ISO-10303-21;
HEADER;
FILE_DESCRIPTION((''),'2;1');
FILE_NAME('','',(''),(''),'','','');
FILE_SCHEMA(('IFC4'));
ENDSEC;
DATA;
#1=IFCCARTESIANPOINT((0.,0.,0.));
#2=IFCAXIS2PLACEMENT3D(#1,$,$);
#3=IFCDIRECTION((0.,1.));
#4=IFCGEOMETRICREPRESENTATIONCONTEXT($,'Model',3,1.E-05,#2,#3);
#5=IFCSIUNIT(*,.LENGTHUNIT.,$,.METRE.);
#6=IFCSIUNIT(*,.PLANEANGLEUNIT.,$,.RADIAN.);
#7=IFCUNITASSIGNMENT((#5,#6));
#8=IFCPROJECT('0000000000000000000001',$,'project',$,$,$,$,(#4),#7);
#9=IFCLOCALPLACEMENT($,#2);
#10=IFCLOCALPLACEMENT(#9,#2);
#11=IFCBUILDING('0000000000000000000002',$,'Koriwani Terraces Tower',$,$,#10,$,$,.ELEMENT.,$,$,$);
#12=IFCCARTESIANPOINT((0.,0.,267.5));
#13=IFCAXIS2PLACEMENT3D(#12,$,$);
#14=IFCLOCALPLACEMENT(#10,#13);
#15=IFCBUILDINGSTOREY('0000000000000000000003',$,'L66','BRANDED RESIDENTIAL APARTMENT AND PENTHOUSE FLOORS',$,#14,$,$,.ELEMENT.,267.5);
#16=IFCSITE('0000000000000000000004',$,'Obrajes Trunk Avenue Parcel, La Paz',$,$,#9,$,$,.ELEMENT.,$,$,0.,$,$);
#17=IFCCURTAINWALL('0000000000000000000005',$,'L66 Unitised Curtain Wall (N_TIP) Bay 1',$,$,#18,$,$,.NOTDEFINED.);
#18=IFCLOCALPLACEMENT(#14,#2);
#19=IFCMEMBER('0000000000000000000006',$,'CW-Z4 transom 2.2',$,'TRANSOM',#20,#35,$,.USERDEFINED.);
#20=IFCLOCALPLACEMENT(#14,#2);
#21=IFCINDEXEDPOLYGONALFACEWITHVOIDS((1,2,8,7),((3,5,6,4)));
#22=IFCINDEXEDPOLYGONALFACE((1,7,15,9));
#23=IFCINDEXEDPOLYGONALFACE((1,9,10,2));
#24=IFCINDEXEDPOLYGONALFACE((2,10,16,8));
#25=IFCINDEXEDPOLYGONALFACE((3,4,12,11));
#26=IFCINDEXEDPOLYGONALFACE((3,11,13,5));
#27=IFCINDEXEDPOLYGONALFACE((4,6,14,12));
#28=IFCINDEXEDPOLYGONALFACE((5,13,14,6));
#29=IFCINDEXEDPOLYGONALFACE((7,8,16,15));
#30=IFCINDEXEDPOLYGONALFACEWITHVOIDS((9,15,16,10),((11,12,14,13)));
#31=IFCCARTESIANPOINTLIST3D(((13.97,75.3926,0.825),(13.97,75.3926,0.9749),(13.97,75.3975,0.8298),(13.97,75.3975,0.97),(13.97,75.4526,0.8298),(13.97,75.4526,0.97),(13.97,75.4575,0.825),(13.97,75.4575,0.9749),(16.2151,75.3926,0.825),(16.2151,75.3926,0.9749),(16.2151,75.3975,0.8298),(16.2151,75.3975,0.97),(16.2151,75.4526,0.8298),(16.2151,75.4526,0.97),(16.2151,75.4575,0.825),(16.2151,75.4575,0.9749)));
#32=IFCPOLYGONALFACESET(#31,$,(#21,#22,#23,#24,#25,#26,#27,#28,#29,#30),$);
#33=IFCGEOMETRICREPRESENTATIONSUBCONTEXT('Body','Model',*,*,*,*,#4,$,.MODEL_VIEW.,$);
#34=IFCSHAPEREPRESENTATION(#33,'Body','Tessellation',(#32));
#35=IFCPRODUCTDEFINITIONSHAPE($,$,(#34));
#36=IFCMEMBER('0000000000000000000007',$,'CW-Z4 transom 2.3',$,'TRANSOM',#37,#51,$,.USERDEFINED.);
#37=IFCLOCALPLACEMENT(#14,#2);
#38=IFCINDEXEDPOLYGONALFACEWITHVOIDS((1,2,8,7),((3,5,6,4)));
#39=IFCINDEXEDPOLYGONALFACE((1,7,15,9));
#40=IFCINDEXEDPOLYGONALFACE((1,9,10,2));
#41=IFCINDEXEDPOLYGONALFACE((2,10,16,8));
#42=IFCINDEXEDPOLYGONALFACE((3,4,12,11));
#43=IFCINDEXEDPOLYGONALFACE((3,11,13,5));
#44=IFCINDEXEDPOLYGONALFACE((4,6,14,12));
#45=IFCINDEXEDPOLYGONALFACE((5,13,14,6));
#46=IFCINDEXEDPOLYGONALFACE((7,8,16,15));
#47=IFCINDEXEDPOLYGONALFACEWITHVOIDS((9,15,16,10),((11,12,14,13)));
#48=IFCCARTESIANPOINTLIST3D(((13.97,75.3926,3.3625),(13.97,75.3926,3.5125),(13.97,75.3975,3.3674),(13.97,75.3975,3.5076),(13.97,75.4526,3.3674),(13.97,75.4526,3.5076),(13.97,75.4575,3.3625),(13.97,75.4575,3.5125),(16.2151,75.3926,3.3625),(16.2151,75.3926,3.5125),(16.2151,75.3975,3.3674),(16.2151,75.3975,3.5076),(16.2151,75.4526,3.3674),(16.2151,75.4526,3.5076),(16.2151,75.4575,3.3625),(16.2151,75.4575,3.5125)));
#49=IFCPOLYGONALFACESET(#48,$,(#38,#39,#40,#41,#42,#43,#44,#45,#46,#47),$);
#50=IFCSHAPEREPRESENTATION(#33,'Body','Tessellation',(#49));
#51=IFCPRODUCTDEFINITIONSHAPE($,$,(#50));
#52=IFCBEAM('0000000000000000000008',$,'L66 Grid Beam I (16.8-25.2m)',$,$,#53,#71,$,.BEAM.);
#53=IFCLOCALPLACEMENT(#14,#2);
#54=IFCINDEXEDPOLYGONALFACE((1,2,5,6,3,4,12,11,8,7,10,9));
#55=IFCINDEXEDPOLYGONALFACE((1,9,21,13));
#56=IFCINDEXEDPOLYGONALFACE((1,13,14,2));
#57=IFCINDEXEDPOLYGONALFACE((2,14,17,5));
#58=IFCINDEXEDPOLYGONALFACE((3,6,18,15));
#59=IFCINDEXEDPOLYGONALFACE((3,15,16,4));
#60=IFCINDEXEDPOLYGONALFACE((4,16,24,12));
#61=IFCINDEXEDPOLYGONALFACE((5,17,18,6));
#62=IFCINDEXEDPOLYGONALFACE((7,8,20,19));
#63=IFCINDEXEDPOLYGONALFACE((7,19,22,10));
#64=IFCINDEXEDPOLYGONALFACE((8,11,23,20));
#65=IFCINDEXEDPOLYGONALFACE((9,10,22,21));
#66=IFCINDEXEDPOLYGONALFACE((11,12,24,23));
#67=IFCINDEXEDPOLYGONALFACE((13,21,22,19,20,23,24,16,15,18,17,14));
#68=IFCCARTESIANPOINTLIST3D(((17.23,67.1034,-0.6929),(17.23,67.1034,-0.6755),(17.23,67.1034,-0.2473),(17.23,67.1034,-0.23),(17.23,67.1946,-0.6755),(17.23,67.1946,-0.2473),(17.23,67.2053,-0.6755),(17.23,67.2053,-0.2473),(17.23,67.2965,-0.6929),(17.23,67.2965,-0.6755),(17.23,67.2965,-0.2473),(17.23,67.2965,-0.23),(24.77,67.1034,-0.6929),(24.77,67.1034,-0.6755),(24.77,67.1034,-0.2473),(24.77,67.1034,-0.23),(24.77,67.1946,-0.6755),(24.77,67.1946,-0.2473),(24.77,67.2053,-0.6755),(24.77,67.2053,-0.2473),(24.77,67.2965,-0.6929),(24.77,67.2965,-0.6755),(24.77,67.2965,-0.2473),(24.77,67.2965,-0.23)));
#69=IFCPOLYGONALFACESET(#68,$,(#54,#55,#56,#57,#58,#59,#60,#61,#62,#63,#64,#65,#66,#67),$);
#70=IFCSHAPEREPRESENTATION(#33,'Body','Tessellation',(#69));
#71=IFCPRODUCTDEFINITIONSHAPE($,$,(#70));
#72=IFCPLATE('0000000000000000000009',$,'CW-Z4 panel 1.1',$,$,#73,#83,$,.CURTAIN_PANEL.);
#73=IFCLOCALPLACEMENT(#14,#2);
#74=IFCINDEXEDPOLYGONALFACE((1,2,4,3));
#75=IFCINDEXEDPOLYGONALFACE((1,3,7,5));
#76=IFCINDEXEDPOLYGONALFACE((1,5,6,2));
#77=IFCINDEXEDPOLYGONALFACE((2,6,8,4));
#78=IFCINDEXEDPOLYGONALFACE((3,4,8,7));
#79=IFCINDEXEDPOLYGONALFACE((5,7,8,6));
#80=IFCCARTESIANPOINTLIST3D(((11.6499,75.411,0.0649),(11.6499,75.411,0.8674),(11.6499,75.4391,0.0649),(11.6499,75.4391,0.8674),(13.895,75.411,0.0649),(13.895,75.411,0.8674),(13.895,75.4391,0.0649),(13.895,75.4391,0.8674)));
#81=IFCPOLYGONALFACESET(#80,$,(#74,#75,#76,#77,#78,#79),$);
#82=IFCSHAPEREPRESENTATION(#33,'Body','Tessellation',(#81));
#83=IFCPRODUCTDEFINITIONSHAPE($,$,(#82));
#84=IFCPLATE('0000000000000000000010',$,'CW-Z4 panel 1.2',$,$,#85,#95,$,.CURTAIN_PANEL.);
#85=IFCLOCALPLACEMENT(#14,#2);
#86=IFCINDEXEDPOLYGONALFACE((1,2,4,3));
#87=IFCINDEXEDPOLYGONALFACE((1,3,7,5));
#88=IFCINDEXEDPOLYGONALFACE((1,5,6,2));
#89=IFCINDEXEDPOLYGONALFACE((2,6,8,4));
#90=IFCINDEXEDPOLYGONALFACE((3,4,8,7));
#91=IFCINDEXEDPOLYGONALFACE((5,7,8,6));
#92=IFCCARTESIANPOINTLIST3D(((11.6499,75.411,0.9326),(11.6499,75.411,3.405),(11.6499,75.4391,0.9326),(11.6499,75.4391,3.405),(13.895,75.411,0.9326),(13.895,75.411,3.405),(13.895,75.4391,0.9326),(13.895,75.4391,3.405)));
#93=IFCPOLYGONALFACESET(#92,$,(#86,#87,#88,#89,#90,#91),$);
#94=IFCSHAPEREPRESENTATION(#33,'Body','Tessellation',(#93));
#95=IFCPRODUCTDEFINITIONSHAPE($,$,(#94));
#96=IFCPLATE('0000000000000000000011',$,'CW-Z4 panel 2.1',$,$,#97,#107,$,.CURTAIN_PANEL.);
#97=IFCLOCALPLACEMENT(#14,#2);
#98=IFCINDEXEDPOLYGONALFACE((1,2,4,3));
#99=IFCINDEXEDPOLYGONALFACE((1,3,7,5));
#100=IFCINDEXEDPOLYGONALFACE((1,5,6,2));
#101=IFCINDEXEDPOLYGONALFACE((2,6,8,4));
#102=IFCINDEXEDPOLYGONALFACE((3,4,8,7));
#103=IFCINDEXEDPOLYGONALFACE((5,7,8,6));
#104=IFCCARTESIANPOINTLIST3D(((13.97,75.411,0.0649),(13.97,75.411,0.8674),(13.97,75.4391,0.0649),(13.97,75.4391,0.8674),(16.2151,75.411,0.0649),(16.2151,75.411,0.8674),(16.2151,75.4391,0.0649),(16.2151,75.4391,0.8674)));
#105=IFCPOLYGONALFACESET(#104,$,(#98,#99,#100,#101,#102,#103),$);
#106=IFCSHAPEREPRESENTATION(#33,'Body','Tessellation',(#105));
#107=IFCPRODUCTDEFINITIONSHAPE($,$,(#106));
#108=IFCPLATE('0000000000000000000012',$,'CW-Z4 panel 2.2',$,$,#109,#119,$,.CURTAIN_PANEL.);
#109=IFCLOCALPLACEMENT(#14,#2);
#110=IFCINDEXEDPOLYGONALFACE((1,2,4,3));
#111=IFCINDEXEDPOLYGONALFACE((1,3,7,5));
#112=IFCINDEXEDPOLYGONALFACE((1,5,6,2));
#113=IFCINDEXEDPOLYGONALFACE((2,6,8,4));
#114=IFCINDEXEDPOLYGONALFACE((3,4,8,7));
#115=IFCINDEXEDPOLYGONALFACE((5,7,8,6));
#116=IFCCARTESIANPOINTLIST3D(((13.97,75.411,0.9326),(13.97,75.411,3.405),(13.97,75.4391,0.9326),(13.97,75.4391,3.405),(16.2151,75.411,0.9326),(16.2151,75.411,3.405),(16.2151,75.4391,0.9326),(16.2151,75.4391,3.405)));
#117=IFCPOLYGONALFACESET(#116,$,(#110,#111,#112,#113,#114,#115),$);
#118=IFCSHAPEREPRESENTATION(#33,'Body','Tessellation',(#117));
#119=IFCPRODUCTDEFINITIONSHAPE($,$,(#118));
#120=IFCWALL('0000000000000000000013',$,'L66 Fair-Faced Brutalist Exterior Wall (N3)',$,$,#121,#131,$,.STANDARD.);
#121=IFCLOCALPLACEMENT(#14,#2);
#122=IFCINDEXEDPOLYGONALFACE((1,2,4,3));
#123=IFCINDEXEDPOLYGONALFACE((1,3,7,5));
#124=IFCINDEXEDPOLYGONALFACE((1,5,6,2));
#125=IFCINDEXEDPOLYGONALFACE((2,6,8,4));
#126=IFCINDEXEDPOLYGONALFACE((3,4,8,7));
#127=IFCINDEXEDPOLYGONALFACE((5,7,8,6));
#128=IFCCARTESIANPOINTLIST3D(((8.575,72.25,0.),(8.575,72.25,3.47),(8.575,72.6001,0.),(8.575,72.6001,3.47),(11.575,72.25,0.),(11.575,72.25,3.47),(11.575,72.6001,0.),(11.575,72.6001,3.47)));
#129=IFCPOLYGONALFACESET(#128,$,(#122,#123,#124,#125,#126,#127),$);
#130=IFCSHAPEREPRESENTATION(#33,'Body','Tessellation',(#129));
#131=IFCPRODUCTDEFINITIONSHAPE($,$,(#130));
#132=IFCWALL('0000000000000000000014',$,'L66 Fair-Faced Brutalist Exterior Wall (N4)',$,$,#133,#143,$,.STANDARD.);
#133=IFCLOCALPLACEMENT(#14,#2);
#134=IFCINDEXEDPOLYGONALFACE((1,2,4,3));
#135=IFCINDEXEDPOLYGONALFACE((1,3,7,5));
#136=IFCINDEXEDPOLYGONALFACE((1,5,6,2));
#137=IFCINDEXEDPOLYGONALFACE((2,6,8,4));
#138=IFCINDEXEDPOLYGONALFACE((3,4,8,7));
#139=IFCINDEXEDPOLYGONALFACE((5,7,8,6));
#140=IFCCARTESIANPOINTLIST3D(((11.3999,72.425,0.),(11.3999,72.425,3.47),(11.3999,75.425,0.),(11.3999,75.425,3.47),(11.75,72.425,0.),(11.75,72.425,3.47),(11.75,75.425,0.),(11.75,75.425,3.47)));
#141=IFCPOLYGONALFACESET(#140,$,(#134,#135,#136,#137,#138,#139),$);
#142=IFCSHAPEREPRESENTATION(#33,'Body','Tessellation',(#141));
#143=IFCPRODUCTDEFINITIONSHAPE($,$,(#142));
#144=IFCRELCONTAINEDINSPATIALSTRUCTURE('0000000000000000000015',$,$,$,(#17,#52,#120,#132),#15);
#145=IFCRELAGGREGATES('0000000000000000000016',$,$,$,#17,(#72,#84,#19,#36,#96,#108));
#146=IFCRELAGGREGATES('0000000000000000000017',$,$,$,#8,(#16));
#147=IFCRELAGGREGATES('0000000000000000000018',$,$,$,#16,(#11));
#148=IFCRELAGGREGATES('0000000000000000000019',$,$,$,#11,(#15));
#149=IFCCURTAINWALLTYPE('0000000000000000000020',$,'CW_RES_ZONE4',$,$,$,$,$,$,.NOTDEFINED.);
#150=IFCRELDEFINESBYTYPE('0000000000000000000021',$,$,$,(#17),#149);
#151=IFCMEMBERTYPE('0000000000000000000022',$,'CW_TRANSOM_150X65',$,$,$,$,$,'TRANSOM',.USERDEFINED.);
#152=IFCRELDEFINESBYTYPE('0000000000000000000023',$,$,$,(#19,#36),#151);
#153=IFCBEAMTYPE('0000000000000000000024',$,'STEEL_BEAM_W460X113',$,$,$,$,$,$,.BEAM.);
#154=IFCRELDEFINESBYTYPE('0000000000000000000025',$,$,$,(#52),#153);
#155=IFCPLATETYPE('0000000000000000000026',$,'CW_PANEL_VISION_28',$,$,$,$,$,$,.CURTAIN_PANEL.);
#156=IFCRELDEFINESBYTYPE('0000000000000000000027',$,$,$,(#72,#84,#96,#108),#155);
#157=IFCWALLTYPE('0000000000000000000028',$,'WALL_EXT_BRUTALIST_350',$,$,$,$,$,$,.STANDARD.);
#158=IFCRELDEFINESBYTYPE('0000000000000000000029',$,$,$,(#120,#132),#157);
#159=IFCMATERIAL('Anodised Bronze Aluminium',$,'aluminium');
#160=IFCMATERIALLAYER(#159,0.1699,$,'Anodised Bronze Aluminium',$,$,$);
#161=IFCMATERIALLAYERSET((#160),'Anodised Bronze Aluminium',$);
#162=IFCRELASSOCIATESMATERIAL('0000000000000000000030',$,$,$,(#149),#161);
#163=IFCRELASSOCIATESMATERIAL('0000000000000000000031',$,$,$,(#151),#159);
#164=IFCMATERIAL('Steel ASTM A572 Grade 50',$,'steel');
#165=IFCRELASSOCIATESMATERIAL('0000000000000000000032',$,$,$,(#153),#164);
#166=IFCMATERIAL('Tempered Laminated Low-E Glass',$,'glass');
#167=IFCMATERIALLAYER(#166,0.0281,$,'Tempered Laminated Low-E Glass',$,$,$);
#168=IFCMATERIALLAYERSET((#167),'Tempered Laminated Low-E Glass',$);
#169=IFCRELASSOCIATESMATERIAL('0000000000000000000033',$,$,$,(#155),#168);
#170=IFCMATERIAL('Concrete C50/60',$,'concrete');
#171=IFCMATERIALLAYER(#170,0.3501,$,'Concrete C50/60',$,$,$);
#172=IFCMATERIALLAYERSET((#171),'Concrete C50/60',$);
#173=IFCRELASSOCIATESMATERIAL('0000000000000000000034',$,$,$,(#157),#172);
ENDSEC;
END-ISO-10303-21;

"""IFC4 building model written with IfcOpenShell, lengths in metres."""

from ifc_helpers import new_model, si_unit, direction, frame, frame_2d, origin, origin_2d, place, context, subcontext, project, spatial, rectangle, hollow_rectangle, i_section, extrude, material, layer, layer_set, material_profile, profile_set, type_object, element, aggregate, save


model = new_model("IFC4")

# Units and contexts
model_context = context("Model", 3, precision=1e-05, world=origin(), true_north=direction((0.0, 1.0)))
body_context = subcontext(model_context, "Body", "Model", "MODEL_VIEW")
ifc_project = project(units=[si_unit("LENGTHUNIT", "METRE"), si_unit("PLANEANGLEUNIT", "RADIAN")], contexts=[model_context])

# Site, building, storey
site_placement = place(None, origin())
site = spatial("IfcSite", under=ifc_project, at=site_placement, Name="Obrajes Trunk Avenue Parcel, La Paz", CompositionType="ELEMENT", RefElevation=0.0)
building_placement = place(site_placement, origin())
building = spatial("IfcBuilding", under=site, at=building_placement, Name="Koriwani Terraces Tower", CompositionType="ELEMENT")
storey_placement = place(building_placement, frame((0.0, 0.0, 267.5)))
storey = spatial("IfcBuildingStorey", under=building, at=storey_placement, Name="L66", Description="BRANDED RESIDENTIAL APARTMENT AND PENTHOUSE FLOORS", CompositionType="ELEMENT", Elevation=267.5)

# Shared definitions
ifc_material_1 = material(Name="Concrete C50/60", Category="concrete")

# Curtain wall, members
ifc_material_2 = material(Name="Anodised Bronze Aluminium", Category="aluminium")
ifc_layer_1 = layer(ifc_material_2, 0.1699, Name="Anodised Bronze Aluminium")
ifc_layer_set_1 = layer_set([ifc_layer_1], Name="Anodised Bronze Aluminium")
curtain_wall_type = type_object("IfcCurtainWallType", Name="CW_RES_ZONE4", PredefinedType="NOTDEFINED", material=ifc_layer_set_1)
curtain_wall_placement = place(storey_placement, origin())
curtain_wall = element("IfcCurtainWall", 1, at=curtain_wall_placement, inside=storey, type_object=curtain_wall_type, Name="L66 Unitised Curtain Wall (N_TIP) Bay 1", PredefinedType="NOTDEFINED")
ifc_material_profile_1 = material_profile(ifc_material_2, hollow_rectangle(XDim=0.0649, YDim=0.1499, WallThickness=0.0049, at=origin_2d()), Name="Anodised Bronze Aluminium", Category="LoadBearing")
ifc_profile_set_1 = profile_set([ifc_material_profile_1], Name="Anodised Bronze Aluminium")
member_type_1 = type_object("IfcMemberType", Name="CW_TRANSOM_150X65", ElementType="TRANSOM", PredefinedType="USERDEFINED", material=ifc_profile_set_1)
member_1_placement = place(storey_placement, frame((13.97, 75.425, 0.8999), z_axis=(1.0, 0.0, 0.0), x_axis=(0.0, 1.0, 0.0)))
member_1 = element("IfcMember", 2, at=member_1_placement, type_object=member_type_1, Name="CW-Z4 transom 2.2", ObjectType="TRANSOM", PredefinedType="USERDEFINED", context=body_context, shape_type="SweptSolid", body=[
    extrude(hollow_rectangle(XDim=0.0649, YDim=0.1499, WallThickness=0.0049, at=origin_2d()), origin(), (0.0, 0.0, 1.0), 2.2451),
])
member_2_placement = place(storey_placement, frame((13.97, 75.425, 3.4375), z_axis=(1.0, 0.0, 0.0), x_axis=(0.0, 1.0, 0.0)))
member_2 = element("IfcMember", 3, at=member_2_placement, type_object=member_type_1, Name="CW-Z4 transom 2.3", ObjectType="TRANSOM", PredefinedType="USERDEFINED", context=body_context, shape_type="SweptSolid", body=[
    extrude(hollow_rectangle(XDim=0.0649, YDim=0.1499, WallThickness=0.0049, at=origin_2d()), origin(), (0.0, 0.0, 1.0), 2.2451),
])

# Beam
ifc_material_3 = material(Name="Steel ASTM A572 Grade 50", Category="steel")
ifc_material_profile_2 = material_profile(ifc_material_3, i_section(OverallWidth=0.1931, OverallDepth=0.4629, WebThickness=0.0107, FlangeThickness=0.0173, at=origin_2d()), Name="Steel ASTM A572 Grade 50", Category="LoadBearing")
ifc_profile_set_2 = profile_set([ifc_material_profile_2], Name="Steel ASTM A572 Grade 50")
beam_type_1 = type_object("IfcBeamType", Name="STEEL_BEAM_W460X113", PredefinedType="BEAM", material=ifc_profile_set_2)
beam_placement = place(storey_placement, frame((17.23, 67.2, -0.4614), z_axis=(1.0, 0.0, 0.0), x_axis=(0.0, 1.0, 0.0)))
element("IfcBeam", 4, at=beam_placement, inside=storey, type_object=beam_type_1, Name="L66 Grid Beam I (16.8-25.2m)", PredefinedType="BEAM", context=body_context, shape_type="SweptSolid", body=[
    extrude(i_section(OverallWidth=0.1931, OverallDepth=0.4629, WebThickness=0.0107, FlangeThickness=0.0173, at=origin_2d()), origin(), (0.0, 0.0, 1.0), 7.54),
])

# Plates
ifc_material_4 = material(Name="Tempered Laminated Low-E Glass", Category="glass")
ifc_layer_2 = layer(ifc_material_4, 0.0281, Name="Tempered Laminated Low-E Glass")
ifc_layer_set_2 = layer_set([ifc_layer_2], Name="Tempered Laminated Low-E Glass")
plate_type = type_object("IfcPlateType", Name="CW_PANEL_VISION_28", PredefinedType="CURTAIN_PANEL", material=ifc_layer_set_2)
plate_1_placement = place(storey_placement, frame((12.7725, 75.425, 0.0649), z_axis=(0.0, 0.0, 1.0), x_axis=(1.0, 0.0, 0.0)))
plate_1 = element("IfcPlate", 5, at=plate_1_placement, type_object=plate_type, Name="CW-Z4 panel 1.1", PredefinedType="CURTAIN_PANEL", context=body_context, shape_type="SweptSolid", body=[
    extrude(rectangle(XDim=2.2451, YDim=0.0281, at=origin_2d()), origin(), (0.0, 0.0, 1.0), 0.8025),
])
plate_2_placement = place(storey_placement, frame((12.7725, 75.425, 0.9326), z_axis=(0.0, 0.0, 1.0), x_axis=(1.0, 0.0, 0.0)))
plate_2 = element("IfcPlate", 6, at=plate_2_placement, type_object=plate_type, Name="CW-Z4 panel 1.2", PredefinedType="CURTAIN_PANEL", context=body_context, shape_type="SweptSolid", body=[
    extrude(rectangle(XDim=2.2451, YDim=0.0281, at=origin_2d()), origin(), (0.0, 0.0, 1.0), 2.4724),
])
plate_3_placement = place(storey_placement, frame((15.0925, 75.425, 0.0649), z_axis=(0.0, 0.0, 1.0), x_axis=(1.0, 0.0, 0.0)))
plate_3 = element("IfcPlate", 7, at=plate_3_placement, type_object=plate_type, Name="CW-Z4 panel 2.1", PredefinedType="CURTAIN_PANEL", context=body_context, shape_type="SweptSolid", body=[
    extrude(rectangle(XDim=2.2451, YDim=0.0281, at=origin_2d()), origin(), (0.0, 0.0, 1.0), 0.8025),
])
plate_4_placement = place(storey_placement, frame((15.0925, 75.425, 0.9326), z_axis=(0.0, 0.0, 1.0), x_axis=(1.0, 0.0, 0.0)))
plate_4 = element("IfcPlate", 8, at=plate_4_placement, type_object=plate_type, Name="CW-Z4 panel 2.2", PredefinedType="CURTAIN_PANEL", context=body_context, shape_type="SweptSolid", body=[
    extrude(rectangle(XDim=2.2451, YDim=0.0281, at=origin_2d()), origin(), (0.0, 0.0, 1.0), 2.4724),
])
aggregate(curtain_wall, [plate_1, plate_2, member_1, member_2, plate_3, plate_4])

# Walls
ifc_layer_3 = layer(ifc_material_1, 0.3501, Name="Concrete C50/60")
ifc_layer_set_3 = layer_set([ifc_layer_3], Name="Concrete C50/60")
wall_type = type_object("IfcWallType", Name="WALL_EXT_BRUTALIST_350", PredefinedType="STANDARD", material=ifc_layer_set_3)
for number, where, z_axis, x_axis, name in (
    (9, (8.575, 72.425, 0.0), (0.0, 0.0, 1.0), (1.0, 0.0, 0.0), "L66 Fair-Faced Brutalist Exterior Wall (N3)"),
    (10, (11.575, 72.425, 0.0), (0.0, 0.0, 1.0), (0.0, 1.0, 0.0), "L66 Fair-Faced Brutalist Exterior Wall (N4)"),
):
    element("IfcWall", number, at=place(storey_placement, frame(where, z_axis=z_axis, x_axis=x_axis)), inside=storey, type_object=wall_type, Name=name, PredefinedType="STANDARD", context=body_context, shape_type="SweptSolid", body=[
        extrude(rectangle(XDim=3.0, YDim=0.3501, at=frame_2d((1.5, 0.0))), origin(), (0.0, 0.0, 1.0), 3.47),
    ])

save(model, "model.ifc")
